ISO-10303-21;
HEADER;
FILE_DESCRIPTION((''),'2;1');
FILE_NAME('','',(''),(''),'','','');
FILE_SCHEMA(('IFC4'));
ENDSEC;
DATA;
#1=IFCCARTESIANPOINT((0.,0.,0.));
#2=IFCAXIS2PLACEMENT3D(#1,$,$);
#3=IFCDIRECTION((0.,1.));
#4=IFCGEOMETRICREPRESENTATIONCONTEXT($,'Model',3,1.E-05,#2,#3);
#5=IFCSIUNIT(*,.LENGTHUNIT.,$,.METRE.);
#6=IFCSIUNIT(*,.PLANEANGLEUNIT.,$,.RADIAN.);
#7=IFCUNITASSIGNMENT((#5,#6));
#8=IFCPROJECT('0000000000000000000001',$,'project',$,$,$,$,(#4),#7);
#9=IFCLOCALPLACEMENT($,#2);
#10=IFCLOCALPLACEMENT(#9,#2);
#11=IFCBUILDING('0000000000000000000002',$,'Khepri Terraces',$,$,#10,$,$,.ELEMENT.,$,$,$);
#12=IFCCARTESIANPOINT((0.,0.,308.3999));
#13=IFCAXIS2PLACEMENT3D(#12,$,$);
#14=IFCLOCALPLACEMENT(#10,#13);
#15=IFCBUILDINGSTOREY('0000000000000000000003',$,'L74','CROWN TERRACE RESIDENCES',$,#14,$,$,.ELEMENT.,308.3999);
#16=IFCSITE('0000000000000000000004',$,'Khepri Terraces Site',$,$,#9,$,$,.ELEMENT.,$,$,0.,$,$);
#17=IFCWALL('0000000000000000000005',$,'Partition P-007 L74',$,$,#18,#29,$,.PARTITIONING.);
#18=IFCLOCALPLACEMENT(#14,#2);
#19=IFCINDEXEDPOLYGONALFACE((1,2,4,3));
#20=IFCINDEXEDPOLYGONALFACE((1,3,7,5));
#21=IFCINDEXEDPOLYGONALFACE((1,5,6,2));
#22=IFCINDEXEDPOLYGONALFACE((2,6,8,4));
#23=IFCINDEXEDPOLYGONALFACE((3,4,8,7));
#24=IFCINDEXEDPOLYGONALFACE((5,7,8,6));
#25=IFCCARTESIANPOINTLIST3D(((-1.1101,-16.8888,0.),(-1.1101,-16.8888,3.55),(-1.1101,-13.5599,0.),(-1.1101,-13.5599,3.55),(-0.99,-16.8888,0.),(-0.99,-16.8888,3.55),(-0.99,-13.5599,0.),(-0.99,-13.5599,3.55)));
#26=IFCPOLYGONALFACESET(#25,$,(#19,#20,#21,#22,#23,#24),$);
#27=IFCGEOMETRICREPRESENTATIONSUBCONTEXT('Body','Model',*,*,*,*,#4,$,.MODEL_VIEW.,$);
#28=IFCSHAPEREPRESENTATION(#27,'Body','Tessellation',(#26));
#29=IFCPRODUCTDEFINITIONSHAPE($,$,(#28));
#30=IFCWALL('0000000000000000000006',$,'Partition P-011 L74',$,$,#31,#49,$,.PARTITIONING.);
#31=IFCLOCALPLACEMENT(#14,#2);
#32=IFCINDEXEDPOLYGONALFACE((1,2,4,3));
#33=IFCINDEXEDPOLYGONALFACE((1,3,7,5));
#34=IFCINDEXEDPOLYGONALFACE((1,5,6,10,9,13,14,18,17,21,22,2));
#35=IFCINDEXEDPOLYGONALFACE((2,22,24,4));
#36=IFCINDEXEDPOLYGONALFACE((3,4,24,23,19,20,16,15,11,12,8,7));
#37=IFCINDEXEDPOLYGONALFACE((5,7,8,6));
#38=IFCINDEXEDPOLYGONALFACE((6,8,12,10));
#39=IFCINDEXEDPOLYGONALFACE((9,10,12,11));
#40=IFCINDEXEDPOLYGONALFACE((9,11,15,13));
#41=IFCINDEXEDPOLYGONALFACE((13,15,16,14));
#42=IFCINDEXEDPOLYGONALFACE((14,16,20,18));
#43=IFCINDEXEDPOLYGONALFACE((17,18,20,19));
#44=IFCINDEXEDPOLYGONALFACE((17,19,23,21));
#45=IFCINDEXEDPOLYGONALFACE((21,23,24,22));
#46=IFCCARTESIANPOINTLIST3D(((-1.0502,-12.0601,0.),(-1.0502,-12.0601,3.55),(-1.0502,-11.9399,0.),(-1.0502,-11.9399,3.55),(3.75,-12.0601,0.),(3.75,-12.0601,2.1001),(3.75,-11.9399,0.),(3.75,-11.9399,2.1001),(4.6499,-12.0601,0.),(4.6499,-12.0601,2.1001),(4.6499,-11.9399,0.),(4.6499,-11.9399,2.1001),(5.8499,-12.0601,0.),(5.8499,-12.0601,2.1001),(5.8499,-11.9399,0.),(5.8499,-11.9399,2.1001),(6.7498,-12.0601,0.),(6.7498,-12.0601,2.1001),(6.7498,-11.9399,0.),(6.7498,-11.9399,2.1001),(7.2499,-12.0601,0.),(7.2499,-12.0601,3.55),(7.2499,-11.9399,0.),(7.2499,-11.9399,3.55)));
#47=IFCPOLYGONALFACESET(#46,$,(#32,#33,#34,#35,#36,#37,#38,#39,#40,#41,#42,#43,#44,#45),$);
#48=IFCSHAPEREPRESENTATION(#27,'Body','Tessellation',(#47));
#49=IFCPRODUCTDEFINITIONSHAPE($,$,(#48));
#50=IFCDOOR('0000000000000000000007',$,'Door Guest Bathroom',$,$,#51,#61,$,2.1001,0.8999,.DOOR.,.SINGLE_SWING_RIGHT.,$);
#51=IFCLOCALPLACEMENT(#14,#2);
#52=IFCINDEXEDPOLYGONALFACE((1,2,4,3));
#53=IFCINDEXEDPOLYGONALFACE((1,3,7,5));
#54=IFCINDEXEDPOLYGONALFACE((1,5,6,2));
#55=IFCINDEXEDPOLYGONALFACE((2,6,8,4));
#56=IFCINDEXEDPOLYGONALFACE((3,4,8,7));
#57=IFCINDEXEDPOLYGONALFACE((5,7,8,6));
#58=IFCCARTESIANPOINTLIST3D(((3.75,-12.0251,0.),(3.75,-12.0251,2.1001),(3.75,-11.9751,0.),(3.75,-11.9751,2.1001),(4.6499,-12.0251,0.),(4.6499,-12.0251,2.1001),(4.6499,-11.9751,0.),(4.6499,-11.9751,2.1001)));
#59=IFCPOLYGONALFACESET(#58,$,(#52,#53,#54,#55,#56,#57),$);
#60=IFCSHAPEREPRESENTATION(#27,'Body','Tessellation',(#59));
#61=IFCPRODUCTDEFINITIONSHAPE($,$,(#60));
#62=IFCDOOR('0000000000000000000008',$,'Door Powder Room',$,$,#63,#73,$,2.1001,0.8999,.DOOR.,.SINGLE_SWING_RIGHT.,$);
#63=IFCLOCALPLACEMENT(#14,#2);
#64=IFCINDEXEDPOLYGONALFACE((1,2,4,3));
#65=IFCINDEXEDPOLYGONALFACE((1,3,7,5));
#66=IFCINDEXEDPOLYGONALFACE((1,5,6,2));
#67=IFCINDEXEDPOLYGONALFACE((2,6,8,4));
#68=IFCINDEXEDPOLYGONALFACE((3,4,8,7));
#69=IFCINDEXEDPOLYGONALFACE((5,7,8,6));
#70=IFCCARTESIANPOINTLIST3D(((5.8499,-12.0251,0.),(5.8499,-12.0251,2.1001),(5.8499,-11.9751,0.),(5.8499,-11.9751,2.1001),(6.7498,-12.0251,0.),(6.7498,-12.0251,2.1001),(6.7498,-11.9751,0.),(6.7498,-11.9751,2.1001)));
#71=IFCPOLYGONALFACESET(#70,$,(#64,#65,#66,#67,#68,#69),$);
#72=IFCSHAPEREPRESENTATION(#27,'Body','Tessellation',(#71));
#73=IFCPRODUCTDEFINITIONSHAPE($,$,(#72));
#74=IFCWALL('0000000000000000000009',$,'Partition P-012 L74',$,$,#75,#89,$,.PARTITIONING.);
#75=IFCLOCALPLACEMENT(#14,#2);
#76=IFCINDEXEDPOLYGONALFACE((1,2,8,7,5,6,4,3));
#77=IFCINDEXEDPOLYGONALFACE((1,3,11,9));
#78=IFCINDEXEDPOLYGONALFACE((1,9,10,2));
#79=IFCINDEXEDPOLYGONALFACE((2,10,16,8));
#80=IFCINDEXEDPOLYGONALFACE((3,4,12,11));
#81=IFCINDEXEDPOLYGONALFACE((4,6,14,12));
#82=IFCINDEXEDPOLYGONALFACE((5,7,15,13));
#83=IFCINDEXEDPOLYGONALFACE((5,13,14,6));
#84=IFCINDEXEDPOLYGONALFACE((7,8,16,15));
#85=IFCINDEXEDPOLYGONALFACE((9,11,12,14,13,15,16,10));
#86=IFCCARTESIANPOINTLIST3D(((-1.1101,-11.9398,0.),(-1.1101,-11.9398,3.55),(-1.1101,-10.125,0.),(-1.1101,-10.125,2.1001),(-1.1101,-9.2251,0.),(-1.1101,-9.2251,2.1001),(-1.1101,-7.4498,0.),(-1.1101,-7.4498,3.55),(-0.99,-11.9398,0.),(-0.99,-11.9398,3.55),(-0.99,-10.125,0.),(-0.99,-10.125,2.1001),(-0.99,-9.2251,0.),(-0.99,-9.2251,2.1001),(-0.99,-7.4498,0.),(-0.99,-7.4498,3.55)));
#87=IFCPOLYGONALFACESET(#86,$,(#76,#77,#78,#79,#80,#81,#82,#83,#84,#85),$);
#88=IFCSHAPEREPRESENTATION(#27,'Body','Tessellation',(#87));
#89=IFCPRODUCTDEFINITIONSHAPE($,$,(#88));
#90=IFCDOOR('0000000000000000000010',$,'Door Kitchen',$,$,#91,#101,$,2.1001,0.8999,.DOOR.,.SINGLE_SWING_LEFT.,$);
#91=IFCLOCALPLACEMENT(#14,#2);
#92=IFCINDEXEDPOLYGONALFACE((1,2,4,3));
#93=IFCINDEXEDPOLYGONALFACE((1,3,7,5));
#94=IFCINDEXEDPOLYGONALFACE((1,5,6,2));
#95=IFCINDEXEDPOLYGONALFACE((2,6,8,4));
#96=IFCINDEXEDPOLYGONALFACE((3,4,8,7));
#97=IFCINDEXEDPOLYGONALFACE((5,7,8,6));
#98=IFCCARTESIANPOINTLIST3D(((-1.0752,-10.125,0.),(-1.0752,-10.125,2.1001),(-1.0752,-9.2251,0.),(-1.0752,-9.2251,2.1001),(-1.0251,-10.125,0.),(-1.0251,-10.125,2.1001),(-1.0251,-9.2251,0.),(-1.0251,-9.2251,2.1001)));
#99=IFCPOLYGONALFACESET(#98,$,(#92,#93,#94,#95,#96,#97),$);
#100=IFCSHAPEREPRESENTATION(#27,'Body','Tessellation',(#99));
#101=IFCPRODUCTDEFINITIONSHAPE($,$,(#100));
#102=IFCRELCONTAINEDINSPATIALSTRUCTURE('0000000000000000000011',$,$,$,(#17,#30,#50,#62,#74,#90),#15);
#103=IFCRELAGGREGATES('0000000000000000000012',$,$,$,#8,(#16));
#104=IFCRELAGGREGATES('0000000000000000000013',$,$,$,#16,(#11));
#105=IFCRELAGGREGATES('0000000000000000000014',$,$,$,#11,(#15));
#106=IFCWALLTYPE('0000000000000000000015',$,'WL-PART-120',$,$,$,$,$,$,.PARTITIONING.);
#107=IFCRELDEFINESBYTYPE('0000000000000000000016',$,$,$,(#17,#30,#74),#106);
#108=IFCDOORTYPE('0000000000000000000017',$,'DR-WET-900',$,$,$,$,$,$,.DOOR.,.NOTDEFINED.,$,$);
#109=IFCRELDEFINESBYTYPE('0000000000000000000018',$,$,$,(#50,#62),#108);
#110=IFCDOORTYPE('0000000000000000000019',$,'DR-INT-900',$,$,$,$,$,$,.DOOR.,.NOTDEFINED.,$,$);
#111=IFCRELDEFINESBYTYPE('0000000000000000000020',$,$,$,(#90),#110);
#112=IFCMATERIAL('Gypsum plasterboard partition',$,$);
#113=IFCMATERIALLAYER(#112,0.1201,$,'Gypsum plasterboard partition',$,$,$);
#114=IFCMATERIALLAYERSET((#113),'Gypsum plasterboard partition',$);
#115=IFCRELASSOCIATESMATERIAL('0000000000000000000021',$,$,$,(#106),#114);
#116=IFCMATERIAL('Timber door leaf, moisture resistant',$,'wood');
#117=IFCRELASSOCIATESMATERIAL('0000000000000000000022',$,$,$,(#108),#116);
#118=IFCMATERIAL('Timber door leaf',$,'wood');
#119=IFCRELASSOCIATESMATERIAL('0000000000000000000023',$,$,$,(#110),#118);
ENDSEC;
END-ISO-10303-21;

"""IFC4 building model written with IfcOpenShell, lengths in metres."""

from ifc_helpers import new_model, si_unit, direction, frame, frame_2d, origin, place, context, subcontext, project, spatial, rectangle, extrude, material, layer, layer_set, type_object, element, fill, save


model = new_model("IFC4")

# Units and contexts
model_context = context("Model", 3, precision=1e-05, world=origin(), true_north=direction((0.0, 1.0)))
body_context = subcontext(model_context, "Body", "Model", "MODEL_VIEW")
ifc_project = project(units=[si_unit("LENGTHUNIT", "METRE"), si_unit("PLANEANGLEUNIT", "RADIAN")], contexts=[model_context])

# Site, building, storey
site_placement = place(None, origin())
site = spatial("IfcSite", under=ifc_project, at=site_placement, Name="Khepri Terraces Site", CompositionType="ELEMENT", RefElevation=0.0)
building_placement = place(site_placement, origin())
building = spatial("IfcBuilding", under=site, at=building_placement, Name="Khepri Terraces", CompositionType="ELEMENT")
storey_placement = place(building_placement, frame((0.0, 0.0, 308.3999)))
storey = spatial("IfcBuildingStorey", under=building, at=storey_placement, Name="L74", Description="CROWN TERRACE RESIDENCES", CompositionType="ELEMENT", Elevation=308.3999)

# Wall
ifc_material_1 = material(Name="Gypsum plasterboard partition")
ifc_layer_1 = layer(ifc_material_1, 0.1201, Name="Gypsum plasterboard partition")
ifc_layer_set_1 = layer_set([ifc_layer_1], Name="Gypsum plasterboard partition")
wall_type_1 = type_object("IfcWallType", Name="WL-PART-120", PredefinedType="PARTITIONING", material=ifc_layer_set_1)
wall_1_placement = place(storey_placement, frame((-1.05, -16.8889, 0.0), z_axis=(0.0, 0.0, 1.0), x_axis=(0.0, 1.0, 0.0)))
element("IfcWall", 1, at=wall_1_placement, inside=storey, type_object=wall_type_1, Name="Partition P-007 L74", PredefinedType="PARTITIONING", context=body_context, shape_type="SweptSolid", body=[
    extrude(rectangle(XDim=3.3289, YDim=0.1201, at=frame_2d((1.6646, 0.0))), origin(), (0.0, 0.0, 1.0), 3.55),
])

# Wall, openings, doors
wall_2_placement = place(storey_placement, frame((-1.05, -12.0, 0.0), z_axis=(0.0, 0.0, 1.0), x_axis=(1.0, 0.0, 0.0)))
wall_2 = element("IfcWall", 2, at=wall_2_placement, inside=storey, type_object=wall_type_1, Name="Partition P-011 L74", PredefinedType="PARTITIONING", context=body_context, shape_type="SweptSolid", body=[
    extrude(rectangle(XDim=8.3, YDim=0.1201, at=frame_2d((4.1499, 0.0))), origin(), (0.0, 0.0, 1.0), 3.55),
])
opening_1_placement = place(wall_2_placement, frame((4.8, 0.0, 0.0)))
opening_1 = element("IfcOpeningElement", 3, at=opening_1_placement, cuts=wall_2, PredefinedType="OPENING", context=body_context, shape_type="SweptSolid", body=[
    extrude(rectangle(XDim=0.8999, YDim=2.1001, at=frame_2d((0.45, 1.05))), frame((0.0, 0.0701, 0.0), z_axis=(0.0, -1.0, 0.0), x_axis=(1.0, 0.0, 0.0)), (0.0, 0.0, 1.0), 0.1401),
])
opening_2_placement = place(wall_2_placement, frame((6.8999, 0.0, 0.0)))
opening_2 = element("IfcOpeningElement", 4, at=opening_2_placement, cuts=wall_2, PredefinedType="OPENING", context=body_context, shape_type="SweptSolid", body=[
    extrude(rectangle(XDim=0.8999, YDim=2.1001, at=frame_2d((0.45, 1.05))), frame((0.0, 0.0701, 0.0), z_axis=(0.0, -1.0, 0.0), x_axis=(1.0, 0.0, 0.0)), (0.0, 0.0, 1.0), 0.1401),
])
ifc_material_2 = material(Name="Timber door leaf, moisture resistant", Category="wood")
door_type_1 = type_object("IfcDoorType", Name="DR-WET-900", OperationType="NOTDEFINED", PredefinedType="DOOR", material=ifc_material_2)
door_1_placement = place(opening_1_placement, origin())
door_1 = element("IfcDoor", 5, at=door_1_placement, inside=storey, type_object=door_type_1, Name="Door Guest Bathroom", OperationType="SINGLE_SWING_RIGHT", OverallHeight=2.1001, OverallWidth=0.8999, PredefinedType="DOOR", context=body_context, shape_type="SweptSolid", body=[
    extrude(rectangle(XDim=0.8999, YDim=2.1001, at=frame_2d((0.45, 1.05))), frame((0.0, 0.0249, 0.0), z_axis=(0.0, -1.0, 0.0), x_axis=(1.0, 0.0, 0.0)), (0.0, 0.0, 1.0), 0.05),
])
fill(opening_1, door_1)
door_2_placement = place(opening_2_placement, origin())
door_2 = element("IfcDoor", 6, at=door_2_placement, inside=storey, type_object=door_type_1, Name="Door Powder Room", OperationType="SINGLE_SWING_RIGHT", OverallHeight=2.1001, OverallWidth=0.8999, PredefinedType="DOOR", context=body_context, shape_type="SweptSolid", body=[
    extrude(rectangle(XDim=0.8999, YDim=2.1001, at=frame_2d((0.45, 1.05))), frame((0.0, 0.0249, 0.0), z_axis=(0.0, -1.0, 0.0), x_axis=(1.0, 0.0, 0.0)), (0.0, 0.0, 1.0), 0.05),
])
fill(opening_2, door_2)

# Wall, opening, door
wall_3_placement = place(storey_placement, frame((-1.05, -11.9399, 0.0), z_axis=(0.0, 0.0, 1.0), x_axis=(0.0, 1.0, 0.0)))
wall_3 = element("IfcWall", 7, at=wall_3_placement, inside=storey, type_object=wall_type_1, Name="Partition P-012 L74", PredefinedType="PARTITIONING", context=body_context, shape_type="SweptSolid", body=[
    extrude(rectangle(XDim=4.49, YDim=0.1201, at=frame_2d((2.2451, 0.0))), origin(), (0.0, 0.0, 1.0), 3.55),
])
opening_3_placement = place(wall_3_placement, frame((1.8149, 0.0, 0.0)))
opening_3 = element("IfcOpeningElement", 8, at=opening_3_placement, cuts=wall_3, PredefinedType="OPENING", context=body_context, shape_type="SweptSolid", body=[
    extrude(rectangle(XDim=0.8999, YDim=2.1001, at=frame_2d((0.45, 1.05))), frame((0.0, 0.0701, 0.0), z_axis=(0.0, -1.0, 0.0), x_axis=(1.0, 0.0, 0.0)), (0.0, 0.0, 1.0), 0.1401),
])
ifc_material_3 = material(Name="Timber door leaf", Category="wood")
door_type_2 = type_object("IfcDoorType", Name="DR-INT-900", OperationType="NOTDEFINED", PredefinedType="DOOR", material=ifc_material_3)
door_3_placement = place(opening_3_placement, frame((0.8999, 0.0, 0.0), z_axis=(0.0, 0.0, 1.0), x_axis=(-1.0, 0.0, 0.0)))
door_3 = element("IfcDoor", 9, at=door_3_placement, inside=storey, type_object=door_type_2, Name="Door Kitchen", OperationType="SINGLE_SWING_LEFT", OverallHeight=2.1001, OverallWidth=0.8999, PredefinedType="DOOR", context=body_context, shape_type="SweptSolid", body=[
    extrude(rectangle(XDim=0.8999, YDim=2.1001, at=frame_2d((0.45, 1.05))), frame((0.0, 0.0249, 0.0), z_axis=(0.0, -1.0, 0.0), x_axis=(1.0, 0.0, 0.0)), (0.0, 0.0, 1.0), 0.05),
])
fill(opening_3, door_3)

save(model, "model.ifc")
